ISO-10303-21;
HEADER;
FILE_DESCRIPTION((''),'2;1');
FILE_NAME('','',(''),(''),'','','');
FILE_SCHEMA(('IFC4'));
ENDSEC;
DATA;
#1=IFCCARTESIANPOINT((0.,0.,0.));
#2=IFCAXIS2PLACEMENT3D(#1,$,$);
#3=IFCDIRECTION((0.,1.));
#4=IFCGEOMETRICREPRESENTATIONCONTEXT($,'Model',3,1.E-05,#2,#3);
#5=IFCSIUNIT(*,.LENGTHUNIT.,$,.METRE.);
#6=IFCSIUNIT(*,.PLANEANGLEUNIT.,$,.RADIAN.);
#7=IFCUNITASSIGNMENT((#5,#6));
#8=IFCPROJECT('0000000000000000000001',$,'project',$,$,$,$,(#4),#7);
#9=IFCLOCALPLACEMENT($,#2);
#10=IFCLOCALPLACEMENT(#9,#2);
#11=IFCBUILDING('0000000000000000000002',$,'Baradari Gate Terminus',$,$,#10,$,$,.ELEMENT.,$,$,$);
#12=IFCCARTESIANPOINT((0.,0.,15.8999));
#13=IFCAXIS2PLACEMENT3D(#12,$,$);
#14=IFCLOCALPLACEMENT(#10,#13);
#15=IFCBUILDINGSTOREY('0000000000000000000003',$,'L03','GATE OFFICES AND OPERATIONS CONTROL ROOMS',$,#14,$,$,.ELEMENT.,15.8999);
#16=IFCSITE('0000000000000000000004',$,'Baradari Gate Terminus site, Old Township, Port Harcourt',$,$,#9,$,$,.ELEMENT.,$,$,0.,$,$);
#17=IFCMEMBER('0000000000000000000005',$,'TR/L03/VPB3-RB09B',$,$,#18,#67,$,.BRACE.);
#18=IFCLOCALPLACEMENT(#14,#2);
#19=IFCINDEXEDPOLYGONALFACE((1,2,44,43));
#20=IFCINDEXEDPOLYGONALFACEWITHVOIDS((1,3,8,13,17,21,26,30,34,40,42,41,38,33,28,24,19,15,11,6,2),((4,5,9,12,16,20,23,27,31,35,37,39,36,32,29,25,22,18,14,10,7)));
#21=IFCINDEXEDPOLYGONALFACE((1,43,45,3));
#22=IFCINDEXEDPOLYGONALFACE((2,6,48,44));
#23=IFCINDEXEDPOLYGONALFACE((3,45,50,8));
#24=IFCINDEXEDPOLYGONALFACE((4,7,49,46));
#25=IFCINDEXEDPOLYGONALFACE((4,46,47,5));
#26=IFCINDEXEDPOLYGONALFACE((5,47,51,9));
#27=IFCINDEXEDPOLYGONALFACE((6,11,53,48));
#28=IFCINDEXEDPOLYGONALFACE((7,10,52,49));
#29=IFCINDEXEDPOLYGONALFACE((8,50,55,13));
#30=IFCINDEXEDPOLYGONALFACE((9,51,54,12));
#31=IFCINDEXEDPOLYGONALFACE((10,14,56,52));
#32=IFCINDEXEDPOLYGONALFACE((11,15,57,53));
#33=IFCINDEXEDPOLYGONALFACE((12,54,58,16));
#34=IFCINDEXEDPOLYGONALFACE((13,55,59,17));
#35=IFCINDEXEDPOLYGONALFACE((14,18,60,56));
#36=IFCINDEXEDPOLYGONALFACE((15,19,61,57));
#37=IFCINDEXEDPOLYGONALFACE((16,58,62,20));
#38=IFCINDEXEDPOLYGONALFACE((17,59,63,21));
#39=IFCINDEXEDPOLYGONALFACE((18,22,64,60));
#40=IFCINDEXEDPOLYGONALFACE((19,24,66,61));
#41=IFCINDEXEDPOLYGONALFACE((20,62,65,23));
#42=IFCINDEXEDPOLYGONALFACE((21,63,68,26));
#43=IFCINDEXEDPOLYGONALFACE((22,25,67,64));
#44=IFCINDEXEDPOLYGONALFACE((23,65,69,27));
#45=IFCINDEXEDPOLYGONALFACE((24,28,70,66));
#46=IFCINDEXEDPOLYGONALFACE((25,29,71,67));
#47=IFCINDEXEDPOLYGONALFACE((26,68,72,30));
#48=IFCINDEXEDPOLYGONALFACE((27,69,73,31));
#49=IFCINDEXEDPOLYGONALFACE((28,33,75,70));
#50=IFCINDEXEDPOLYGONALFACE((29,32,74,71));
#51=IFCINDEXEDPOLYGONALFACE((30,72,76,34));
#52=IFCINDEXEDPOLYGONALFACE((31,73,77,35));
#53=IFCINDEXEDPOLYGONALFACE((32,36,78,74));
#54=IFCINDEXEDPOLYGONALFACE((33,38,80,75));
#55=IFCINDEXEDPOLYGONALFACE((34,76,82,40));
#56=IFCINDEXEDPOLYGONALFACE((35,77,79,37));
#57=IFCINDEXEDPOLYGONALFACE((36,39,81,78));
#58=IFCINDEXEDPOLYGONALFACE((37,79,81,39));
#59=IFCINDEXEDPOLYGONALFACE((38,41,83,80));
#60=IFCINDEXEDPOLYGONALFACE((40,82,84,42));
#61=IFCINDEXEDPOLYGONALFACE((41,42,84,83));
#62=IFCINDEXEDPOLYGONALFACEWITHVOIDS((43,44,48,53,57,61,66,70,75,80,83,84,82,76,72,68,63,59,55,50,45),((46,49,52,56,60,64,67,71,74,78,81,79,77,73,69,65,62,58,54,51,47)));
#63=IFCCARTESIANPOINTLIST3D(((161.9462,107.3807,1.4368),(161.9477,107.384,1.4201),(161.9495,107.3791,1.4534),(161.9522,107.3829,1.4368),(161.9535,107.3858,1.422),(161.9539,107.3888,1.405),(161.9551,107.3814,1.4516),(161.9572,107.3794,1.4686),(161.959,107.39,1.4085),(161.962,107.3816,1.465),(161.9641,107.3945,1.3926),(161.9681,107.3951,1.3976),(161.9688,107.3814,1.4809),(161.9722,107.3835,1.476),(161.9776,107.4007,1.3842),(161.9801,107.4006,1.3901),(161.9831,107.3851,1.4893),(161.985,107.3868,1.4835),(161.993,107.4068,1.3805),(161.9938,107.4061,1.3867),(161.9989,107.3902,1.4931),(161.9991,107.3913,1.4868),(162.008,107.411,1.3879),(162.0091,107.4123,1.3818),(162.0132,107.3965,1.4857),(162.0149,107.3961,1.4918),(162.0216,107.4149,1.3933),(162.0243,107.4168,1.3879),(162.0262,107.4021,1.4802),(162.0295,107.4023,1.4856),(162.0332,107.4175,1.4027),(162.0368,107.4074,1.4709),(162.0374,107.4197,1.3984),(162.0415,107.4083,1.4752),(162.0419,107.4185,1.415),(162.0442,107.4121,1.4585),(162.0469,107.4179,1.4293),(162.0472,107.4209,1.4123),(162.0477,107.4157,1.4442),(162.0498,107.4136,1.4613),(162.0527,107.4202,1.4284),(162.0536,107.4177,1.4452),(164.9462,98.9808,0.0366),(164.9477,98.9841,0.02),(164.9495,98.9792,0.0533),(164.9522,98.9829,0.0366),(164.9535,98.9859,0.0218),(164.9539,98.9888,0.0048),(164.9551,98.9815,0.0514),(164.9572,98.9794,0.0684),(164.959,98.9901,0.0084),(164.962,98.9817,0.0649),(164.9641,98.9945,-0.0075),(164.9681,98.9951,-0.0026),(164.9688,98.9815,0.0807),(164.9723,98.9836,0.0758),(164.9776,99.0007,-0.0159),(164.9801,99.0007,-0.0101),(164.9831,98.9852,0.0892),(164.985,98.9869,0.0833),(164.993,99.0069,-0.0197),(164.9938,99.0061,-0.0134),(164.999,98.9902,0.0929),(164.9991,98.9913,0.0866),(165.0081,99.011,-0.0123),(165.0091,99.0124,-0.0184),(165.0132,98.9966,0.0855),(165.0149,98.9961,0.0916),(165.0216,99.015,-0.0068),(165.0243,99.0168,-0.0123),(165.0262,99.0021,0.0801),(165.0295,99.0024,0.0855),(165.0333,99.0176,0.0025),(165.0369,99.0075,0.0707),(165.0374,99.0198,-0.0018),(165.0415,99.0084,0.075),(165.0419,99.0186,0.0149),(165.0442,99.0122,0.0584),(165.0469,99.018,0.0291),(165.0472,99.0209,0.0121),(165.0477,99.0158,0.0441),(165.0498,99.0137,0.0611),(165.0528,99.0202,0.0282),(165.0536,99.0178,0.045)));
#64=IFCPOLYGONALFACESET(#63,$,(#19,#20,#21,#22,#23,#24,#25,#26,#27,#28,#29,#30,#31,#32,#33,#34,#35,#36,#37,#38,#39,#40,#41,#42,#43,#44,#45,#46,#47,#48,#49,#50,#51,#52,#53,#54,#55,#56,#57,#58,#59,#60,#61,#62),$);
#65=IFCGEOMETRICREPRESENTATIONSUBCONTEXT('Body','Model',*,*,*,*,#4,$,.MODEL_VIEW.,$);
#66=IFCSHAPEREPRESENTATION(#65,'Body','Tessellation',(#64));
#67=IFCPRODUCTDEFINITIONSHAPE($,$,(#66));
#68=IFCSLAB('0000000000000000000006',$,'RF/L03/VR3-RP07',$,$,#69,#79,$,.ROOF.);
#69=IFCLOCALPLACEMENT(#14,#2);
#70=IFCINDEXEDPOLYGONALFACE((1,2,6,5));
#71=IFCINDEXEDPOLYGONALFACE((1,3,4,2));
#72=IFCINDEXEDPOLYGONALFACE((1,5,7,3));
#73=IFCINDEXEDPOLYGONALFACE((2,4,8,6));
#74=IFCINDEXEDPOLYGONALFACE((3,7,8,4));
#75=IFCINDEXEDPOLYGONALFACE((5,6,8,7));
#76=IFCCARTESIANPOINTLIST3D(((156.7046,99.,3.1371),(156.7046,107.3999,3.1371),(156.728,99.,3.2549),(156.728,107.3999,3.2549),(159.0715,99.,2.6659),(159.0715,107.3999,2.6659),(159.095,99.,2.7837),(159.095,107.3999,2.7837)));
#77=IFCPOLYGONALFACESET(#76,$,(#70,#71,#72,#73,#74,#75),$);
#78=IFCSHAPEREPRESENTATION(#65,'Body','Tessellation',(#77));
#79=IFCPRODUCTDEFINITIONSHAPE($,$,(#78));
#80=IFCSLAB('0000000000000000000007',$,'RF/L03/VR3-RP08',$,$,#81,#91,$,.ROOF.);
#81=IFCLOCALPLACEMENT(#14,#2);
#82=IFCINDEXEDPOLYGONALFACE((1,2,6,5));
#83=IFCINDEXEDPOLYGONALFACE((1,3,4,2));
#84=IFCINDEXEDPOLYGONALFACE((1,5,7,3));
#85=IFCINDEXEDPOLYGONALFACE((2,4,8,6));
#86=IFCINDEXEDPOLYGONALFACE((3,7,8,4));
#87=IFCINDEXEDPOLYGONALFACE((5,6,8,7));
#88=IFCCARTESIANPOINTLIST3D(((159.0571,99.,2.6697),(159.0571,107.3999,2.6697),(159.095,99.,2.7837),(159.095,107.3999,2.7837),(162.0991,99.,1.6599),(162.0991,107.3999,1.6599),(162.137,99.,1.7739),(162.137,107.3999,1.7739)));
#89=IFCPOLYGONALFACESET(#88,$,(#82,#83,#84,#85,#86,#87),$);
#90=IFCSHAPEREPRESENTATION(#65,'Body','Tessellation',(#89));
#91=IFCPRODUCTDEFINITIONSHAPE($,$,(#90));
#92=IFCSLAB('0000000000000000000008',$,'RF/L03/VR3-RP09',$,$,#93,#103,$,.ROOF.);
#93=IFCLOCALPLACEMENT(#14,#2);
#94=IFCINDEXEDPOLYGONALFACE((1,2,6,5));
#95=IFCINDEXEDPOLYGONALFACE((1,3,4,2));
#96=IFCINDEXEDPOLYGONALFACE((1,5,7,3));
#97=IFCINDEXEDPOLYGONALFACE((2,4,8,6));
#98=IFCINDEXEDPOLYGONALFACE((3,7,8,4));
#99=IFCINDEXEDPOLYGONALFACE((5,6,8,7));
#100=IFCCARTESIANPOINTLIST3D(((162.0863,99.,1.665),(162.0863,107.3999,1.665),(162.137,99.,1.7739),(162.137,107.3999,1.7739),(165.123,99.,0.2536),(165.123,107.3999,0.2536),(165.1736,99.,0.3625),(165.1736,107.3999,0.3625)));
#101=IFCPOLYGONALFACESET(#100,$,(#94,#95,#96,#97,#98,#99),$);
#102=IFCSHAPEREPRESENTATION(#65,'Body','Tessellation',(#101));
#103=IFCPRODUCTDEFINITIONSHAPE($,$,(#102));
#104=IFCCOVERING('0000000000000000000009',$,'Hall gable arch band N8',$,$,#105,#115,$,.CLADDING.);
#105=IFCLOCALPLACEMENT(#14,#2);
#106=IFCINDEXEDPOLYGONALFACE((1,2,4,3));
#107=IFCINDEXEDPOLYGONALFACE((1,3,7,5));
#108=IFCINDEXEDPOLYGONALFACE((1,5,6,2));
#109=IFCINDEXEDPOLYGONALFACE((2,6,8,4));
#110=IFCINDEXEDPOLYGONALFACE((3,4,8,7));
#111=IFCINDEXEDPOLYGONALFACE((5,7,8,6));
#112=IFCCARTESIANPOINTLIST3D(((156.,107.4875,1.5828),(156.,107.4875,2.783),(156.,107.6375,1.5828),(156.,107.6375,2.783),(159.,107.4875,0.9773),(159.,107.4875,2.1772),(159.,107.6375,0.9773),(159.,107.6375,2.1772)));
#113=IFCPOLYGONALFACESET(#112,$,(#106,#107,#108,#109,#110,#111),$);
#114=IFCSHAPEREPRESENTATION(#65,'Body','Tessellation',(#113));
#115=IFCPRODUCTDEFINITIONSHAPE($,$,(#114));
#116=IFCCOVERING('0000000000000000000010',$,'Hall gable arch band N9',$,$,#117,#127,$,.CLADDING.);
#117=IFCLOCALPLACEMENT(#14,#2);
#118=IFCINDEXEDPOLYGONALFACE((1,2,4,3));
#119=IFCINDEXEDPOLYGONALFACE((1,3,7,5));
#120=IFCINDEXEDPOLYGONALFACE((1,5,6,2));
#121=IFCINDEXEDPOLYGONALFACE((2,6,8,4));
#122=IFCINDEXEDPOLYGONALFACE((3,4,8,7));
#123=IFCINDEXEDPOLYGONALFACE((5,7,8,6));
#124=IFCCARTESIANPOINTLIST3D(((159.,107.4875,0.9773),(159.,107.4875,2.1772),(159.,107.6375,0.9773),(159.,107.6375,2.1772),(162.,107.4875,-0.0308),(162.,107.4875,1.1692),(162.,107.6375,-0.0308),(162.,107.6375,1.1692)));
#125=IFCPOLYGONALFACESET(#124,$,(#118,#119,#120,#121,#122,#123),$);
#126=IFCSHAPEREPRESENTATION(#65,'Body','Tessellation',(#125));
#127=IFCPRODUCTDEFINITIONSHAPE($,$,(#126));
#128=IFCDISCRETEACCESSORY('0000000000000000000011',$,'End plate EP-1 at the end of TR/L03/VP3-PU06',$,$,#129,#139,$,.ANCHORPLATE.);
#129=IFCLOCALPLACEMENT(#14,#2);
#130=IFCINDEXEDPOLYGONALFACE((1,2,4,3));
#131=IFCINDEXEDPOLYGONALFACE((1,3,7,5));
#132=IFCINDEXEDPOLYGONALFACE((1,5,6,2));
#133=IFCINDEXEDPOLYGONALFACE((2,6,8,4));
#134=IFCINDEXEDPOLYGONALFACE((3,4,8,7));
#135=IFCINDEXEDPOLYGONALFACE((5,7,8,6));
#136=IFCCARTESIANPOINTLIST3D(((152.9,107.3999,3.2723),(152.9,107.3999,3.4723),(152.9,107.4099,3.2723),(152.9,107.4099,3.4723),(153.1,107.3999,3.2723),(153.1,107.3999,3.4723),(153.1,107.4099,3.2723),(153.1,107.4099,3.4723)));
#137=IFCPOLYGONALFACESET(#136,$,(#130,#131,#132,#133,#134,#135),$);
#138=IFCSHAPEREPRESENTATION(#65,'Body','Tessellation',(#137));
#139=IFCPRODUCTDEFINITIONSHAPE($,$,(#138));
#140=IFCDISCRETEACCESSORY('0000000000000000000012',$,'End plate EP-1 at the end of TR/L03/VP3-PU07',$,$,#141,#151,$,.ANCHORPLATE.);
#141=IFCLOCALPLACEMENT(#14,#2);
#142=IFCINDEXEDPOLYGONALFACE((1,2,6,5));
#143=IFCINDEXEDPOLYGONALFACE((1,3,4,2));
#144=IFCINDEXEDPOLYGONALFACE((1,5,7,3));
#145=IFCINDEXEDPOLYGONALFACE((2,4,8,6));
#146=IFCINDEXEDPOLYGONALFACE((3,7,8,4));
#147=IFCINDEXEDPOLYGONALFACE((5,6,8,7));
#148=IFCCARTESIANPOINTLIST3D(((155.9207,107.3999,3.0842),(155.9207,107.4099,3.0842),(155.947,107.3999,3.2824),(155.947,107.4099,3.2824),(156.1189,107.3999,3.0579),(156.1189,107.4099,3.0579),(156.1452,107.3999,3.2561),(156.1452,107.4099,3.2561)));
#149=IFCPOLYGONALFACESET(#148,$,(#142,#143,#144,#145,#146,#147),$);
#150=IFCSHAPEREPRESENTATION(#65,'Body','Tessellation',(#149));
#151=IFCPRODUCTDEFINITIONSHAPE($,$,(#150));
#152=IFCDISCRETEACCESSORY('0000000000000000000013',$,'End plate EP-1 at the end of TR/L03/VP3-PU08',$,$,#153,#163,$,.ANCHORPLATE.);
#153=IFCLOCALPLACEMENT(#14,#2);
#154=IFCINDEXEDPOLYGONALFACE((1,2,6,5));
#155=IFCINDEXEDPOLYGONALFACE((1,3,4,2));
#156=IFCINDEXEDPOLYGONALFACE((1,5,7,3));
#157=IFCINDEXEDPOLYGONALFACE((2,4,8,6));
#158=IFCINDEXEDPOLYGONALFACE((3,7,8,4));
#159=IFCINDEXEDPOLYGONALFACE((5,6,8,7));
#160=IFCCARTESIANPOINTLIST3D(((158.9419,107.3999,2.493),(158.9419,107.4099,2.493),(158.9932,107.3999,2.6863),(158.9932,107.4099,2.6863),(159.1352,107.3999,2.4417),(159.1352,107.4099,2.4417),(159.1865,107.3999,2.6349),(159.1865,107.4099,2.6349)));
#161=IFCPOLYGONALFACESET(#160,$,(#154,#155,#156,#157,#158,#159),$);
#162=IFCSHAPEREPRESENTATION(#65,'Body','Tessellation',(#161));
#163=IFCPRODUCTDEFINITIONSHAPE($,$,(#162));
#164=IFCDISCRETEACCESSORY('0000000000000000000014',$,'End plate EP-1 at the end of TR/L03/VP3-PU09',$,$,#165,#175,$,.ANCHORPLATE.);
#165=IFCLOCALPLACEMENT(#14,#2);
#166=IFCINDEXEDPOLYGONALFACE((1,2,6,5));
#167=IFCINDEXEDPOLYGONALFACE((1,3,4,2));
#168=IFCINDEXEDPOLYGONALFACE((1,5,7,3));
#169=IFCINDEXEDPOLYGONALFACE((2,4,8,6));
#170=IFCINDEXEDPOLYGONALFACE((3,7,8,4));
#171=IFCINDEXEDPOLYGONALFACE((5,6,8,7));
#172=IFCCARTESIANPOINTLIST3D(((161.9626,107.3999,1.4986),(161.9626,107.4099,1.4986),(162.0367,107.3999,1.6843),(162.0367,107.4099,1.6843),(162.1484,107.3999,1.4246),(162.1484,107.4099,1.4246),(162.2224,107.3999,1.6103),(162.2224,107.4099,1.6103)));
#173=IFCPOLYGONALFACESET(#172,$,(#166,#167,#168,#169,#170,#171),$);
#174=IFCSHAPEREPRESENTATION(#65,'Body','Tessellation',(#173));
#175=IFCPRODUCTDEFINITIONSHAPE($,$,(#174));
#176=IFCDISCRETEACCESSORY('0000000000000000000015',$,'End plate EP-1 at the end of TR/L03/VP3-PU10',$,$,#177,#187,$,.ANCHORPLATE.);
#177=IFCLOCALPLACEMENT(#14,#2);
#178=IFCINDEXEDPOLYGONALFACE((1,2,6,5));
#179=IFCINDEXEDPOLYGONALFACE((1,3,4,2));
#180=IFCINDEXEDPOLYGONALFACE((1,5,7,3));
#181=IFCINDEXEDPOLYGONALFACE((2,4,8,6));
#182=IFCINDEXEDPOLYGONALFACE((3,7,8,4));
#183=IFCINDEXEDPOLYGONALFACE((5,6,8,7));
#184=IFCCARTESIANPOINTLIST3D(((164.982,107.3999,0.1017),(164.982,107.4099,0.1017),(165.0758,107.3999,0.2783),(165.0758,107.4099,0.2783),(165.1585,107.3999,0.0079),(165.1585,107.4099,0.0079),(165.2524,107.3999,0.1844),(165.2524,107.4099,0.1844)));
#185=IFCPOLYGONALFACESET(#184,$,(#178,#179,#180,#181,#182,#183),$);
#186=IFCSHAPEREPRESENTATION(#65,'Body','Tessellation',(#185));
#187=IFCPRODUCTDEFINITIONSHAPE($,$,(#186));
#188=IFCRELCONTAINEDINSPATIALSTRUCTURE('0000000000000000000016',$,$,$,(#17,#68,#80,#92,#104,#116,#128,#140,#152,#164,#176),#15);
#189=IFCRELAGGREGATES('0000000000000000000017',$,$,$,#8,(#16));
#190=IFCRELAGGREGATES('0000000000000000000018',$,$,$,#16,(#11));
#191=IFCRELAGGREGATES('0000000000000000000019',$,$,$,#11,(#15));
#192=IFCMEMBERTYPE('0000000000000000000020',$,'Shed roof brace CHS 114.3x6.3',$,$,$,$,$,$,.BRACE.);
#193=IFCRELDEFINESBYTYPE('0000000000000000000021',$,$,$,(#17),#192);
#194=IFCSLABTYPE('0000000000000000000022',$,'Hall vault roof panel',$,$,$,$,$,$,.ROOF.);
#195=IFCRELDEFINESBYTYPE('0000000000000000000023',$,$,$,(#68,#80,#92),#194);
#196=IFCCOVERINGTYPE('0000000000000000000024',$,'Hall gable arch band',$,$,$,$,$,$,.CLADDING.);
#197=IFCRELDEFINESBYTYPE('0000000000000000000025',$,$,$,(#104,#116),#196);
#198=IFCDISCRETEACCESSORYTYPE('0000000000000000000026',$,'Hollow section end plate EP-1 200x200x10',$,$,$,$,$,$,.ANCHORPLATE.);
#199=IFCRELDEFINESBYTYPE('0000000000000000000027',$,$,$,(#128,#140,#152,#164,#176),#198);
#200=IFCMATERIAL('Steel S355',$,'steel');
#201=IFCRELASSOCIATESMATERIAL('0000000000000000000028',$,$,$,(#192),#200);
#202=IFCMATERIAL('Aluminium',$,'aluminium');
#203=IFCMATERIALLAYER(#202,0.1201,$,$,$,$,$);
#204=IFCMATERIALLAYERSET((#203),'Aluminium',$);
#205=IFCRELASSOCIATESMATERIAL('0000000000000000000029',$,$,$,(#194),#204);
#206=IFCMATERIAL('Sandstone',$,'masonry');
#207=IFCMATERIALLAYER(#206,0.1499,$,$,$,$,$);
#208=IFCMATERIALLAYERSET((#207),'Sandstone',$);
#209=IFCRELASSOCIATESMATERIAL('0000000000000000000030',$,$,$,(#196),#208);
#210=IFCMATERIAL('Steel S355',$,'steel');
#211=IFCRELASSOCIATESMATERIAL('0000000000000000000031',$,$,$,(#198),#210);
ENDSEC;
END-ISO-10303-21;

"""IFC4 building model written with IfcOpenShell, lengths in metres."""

from ifc_helpers import new_model, si_unit, direction, frame, origin, origin_2d, place, context, subcontext, project, spatial, polyline, rectangle, hollow_circle, outline, extrude, material, layer, layer_set, material_profile, profile_set, type_object, element, save


model = new_model("IFC4")

# Units and contexts
model_context = context("Model", 3, precision=1e-05, world=origin(), true_north=direction((0.0, 1.0)))
body_context = subcontext(model_context, "Body", "Model", "MODEL_VIEW")
ifc_project = project(units=[si_unit("LENGTHUNIT", "METRE"), si_unit("PLANEANGLEUNIT", "RADIAN")], contexts=[model_context])

# Site, building, storey
site_placement = place(None, origin())
site = spatial("IfcSite", under=ifc_project, at=site_placement, Name="Baradari Gate Terminus site, Old Township, Port Harcourt", CompositionType="ELEMENT", RefElevation=0.0)
building_placement = place(site_placement, origin())
building = spatial("IfcBuilding", under=site, at=building_placement, Name="Baradari Gate Terminus", CompositionType="ELEMENT")
storey_placement = place(building_placement, frame((0.0, 0.0, 15.8999)))
storey = spatial("IfcBuildingStorey", under=building, at=storey_placement, Name="L03", Description="GATE OFFICES AND OPERATIONS CONTROL ROOMS", CompositionType="ELEMENT", Elevation=15.8999)

# Member
ifc_material_1 = material(Name="Steel S355", Category="steel")
ifc_material_profile_1 = material_profile(ifc_material_1, hollow_circle(Radius=0.0571, WallThickness=0.0063, at=origin_2d()), Name="CHS 114.3x6.3")
ifc_profile_set_1 = profile_set([ifc_material_profile_1], Name="Steel S355")
member_type_1 = type_object("IfcMemberType", Name="Shed roof brace CHS 114.3x6.3", PredefinedType="BRACE", material=ifc_profile_set_1)
for number, where, z_axis, x_axis, name in (
    (1, (165.0, 99.0, 0.0366), (-0.332271, 0.930348, 0.155076), (-0.941741, -0.33634, 0.0), "TR/L03/VPB3-RB09B"),
):
    element("IfcMember", number, at=place(storey_placement, frame(where, z_axis=z_axis, x_axis=x_axis)), inside=storey, type_object=member_type_1, Name=name, PredefinedType="BRACE", context=body_context, shape_type="SweptSolid", body=[
        extrude(hollow_circle(Radius=0.0571, WallThickness=0.0063, at=origin_2d()), origin(), (0.0, 0.0, 1.0), 9.0288),
    ])

# Slabs
ifc_material_2 = material(Name="Aluminium", Category="aluminium")
ifc_layer_1 = layer(ifc_material_2, 0.1201)
ifc_layer_set_1 = layer_set([ifc_layer_1], Name="Aluminium")
slab_type = type_object("IfcSlabType", Name="Hall vault roof panel", PredefinedType="ROOF", material=ifc_layer_set_1)
slab_1_placement = place(storey_placement, frame((156.728, 99.0, 3.2549), z_axis=(0.195241, 0.0, 0.980755), x_axis=(0.0, 1.0, 0.0)))
element("IfcSlab", 2, at=slab_1_placement, inside=storey, type_object=slab_type, Name="RF/L03/VR3-RP07", PredefinedType="ROOF", context=body_context, shape_type="SweptSolid", body=[
    extrude(outline(polyline([(0.0, 0.0), (8.3999, 0.0), (8.3999, -2.4134), (0.0, -2.4134), (0.0, 0.0)])), origin(), (0.0, 0.0, -1.0), 0.1201),
])
slab_2_placement = place(storey_placement, frame((159.095, 99.0, 2.7837), z_axis=(0.315039, 0.0, 0.949079), x_axis=(0.0, 1.0, 0.0)))
element("IfcSlab", 3, at=slab_2_placement, inside=storey, type_object=slab_type, Name="RF/L03/VR3-RP08", PredefinedType="ROOF", context=body_context, shape_type="SweptSolid", body=[
    extrude(outline(polyline([(0.0, 0.0), (8.3999, 0.0), (8.3999, -3.2052), (0.0, -3.2052), (0.0, 0.0)])), origin(), (0.0, 0.0, -1.0), 0.1201),
])
slab_3_placement = place(storey_placement, frame((162.137, 99.0, 1.7739), z_axis=(0.421484, 0.0, 0.906836), x_axis=(0.0, 1.0, 0.0)))
element("IfcSlab", 4, at=slab_3_placement, inside=storey, type_object=slab_type, Name="RF/L03/VR3-RP09", PredefinedType="ROOF", context=body_context, shape_type="SweptSolid", body=[
    extrude(outline(polyline([(0.0, 0.0), (8.3999, 0.0), (8.3999, -3.3486), (0.0, -3.3486), (0.0, 0.0)])), origin(), (0.0, 0.0, -1.0), 0.1201),
])

# Coverings
ifc_material_3 = material(Name="Sandstone", Category="masonry")
ifc_layer_2 = layer(ifc_material_3, 0.1499)
ifc_layer_set_2 = layer_set([ifc_layer_2], Name="Sandstone")
covering_type = type_object("IfcCoveringType", Name="Hall gable arch band", PredefinedType="CLADDING", material=ifc_layer_set_2)
covering_1_placement = place(storey_placement, frame((156.0, 107.5625, 0.9773), z_axis=(0.0, 0.0, 1.0), x_axis=(1.0, 0.0, 0.0)))
element("IfcCovering", 5, at=covering_1_placement, inside=storey, type_object=covering_type, Name="Hall gable arch band N8", PredefinedType="CLADDING", context=body_context, shape_type="SweptSolid", body=[
    extrude(outline(polyline([(0.0, 1.8057), (0.0, 0.6055), (3.0, 0.0), (3.0, 1.2), (0.0, 1.8057)])), frame((0.0, 0.075, 0.0), z_axis=(0.0, -1.0, 0.0), x_axis=(1.0, 0.0, 0.0)), (0.0, 0.0, 1.0), 0.1499),
])
covering_2_placement = place(storey_placement, frame((159.0, 107.5625, -0.0308), z_axis=(0.0, 0.0, 1.0), x_axis=(1.0, 0.0, 0.0)))
element("IfcCovering", 6, at=covering_2_placement, inside=storey, type_object=covering_type, Name="Hall gable arch band N9", PredefinedType="CLADDING", context=body_context, shape_type="SweptSolid", body=[
    extrude(outline(polyline([(0.0, 2.208), (0.0, 1.0081), (3.0, 0.0), (3.0, 1.2), (0.0, 2.208)])), frame((0.0, 0.075, 0.0), z_axis=(0.0, -1.0, 0.0), x_axis=(1.0, 0.0, 0.0)), (0.0, 0.0, 1.0), 0.1499),
])

# Discrete accessories
ifc_material_4 = material(Name="Steel S355", Category="steel")
discrete_accessory_type = type_object("IfcDiscreteAccessoryType", Name="Hollow section end plate EP-1 200x200x10", PredefinedType="ANCHORPLATE", material=ifc_material_4)
for number, where, z_axis, x_axis, name in (
    (7, (153.0, 107.3999, 3.3723), (0.0, 1.0, 0.0), (-1.0, 0.0, 0.0), "End plate EP-1 at the end of TR/L03/VP3-PU06"),
    (8, (156.033, 107.3999, 3.1702), (0.0, 1.0, 0.0), (-0.991303, 0.0, 0.131599), "End plate EP-1 at the end of TR/L03/VP3-PU07"),
    (9, (159.0642, 107.3999, 2.564), (0.0, 1.0, 0.0), (-0.9665, 0.0, 0.256668), "End plate EP-1 at the end of TR/L03/VP3-PU08"),
    (10, (162.0925, 107.3999, 1.5544), (0.0, 1.0, 0.0), (-0.928965, 0.0, 0.370167), "End plate EP-1 at the end of TR/L03/VP3-PU09"),
    (11, (165.1172, 107.3999, 0.1431), (0.0, 1.0, 0.0), (-0.883027, 0.0, 0.469322), "End plate EP-1 at the end of TR/L03/VP3-PU10"),
):
    element("IfcDiscreteAccessory", number, at=place(storey_placement, frame(where, z_axis=z_axis, x_axis=x_axis)), inside=storey, type_object=discrete_accessory_type, Name=name, PredefinedType="ANCHORPLATE", context=body_context, shape_type="SweptSolid", body=[
        extrude(rectangle(XDim=0.2, YDim=0.2, at=origin_2d()), origin(), (0.0, 0.0, 1.0), 0.01),
    ])

save(model, "model.ifc")
